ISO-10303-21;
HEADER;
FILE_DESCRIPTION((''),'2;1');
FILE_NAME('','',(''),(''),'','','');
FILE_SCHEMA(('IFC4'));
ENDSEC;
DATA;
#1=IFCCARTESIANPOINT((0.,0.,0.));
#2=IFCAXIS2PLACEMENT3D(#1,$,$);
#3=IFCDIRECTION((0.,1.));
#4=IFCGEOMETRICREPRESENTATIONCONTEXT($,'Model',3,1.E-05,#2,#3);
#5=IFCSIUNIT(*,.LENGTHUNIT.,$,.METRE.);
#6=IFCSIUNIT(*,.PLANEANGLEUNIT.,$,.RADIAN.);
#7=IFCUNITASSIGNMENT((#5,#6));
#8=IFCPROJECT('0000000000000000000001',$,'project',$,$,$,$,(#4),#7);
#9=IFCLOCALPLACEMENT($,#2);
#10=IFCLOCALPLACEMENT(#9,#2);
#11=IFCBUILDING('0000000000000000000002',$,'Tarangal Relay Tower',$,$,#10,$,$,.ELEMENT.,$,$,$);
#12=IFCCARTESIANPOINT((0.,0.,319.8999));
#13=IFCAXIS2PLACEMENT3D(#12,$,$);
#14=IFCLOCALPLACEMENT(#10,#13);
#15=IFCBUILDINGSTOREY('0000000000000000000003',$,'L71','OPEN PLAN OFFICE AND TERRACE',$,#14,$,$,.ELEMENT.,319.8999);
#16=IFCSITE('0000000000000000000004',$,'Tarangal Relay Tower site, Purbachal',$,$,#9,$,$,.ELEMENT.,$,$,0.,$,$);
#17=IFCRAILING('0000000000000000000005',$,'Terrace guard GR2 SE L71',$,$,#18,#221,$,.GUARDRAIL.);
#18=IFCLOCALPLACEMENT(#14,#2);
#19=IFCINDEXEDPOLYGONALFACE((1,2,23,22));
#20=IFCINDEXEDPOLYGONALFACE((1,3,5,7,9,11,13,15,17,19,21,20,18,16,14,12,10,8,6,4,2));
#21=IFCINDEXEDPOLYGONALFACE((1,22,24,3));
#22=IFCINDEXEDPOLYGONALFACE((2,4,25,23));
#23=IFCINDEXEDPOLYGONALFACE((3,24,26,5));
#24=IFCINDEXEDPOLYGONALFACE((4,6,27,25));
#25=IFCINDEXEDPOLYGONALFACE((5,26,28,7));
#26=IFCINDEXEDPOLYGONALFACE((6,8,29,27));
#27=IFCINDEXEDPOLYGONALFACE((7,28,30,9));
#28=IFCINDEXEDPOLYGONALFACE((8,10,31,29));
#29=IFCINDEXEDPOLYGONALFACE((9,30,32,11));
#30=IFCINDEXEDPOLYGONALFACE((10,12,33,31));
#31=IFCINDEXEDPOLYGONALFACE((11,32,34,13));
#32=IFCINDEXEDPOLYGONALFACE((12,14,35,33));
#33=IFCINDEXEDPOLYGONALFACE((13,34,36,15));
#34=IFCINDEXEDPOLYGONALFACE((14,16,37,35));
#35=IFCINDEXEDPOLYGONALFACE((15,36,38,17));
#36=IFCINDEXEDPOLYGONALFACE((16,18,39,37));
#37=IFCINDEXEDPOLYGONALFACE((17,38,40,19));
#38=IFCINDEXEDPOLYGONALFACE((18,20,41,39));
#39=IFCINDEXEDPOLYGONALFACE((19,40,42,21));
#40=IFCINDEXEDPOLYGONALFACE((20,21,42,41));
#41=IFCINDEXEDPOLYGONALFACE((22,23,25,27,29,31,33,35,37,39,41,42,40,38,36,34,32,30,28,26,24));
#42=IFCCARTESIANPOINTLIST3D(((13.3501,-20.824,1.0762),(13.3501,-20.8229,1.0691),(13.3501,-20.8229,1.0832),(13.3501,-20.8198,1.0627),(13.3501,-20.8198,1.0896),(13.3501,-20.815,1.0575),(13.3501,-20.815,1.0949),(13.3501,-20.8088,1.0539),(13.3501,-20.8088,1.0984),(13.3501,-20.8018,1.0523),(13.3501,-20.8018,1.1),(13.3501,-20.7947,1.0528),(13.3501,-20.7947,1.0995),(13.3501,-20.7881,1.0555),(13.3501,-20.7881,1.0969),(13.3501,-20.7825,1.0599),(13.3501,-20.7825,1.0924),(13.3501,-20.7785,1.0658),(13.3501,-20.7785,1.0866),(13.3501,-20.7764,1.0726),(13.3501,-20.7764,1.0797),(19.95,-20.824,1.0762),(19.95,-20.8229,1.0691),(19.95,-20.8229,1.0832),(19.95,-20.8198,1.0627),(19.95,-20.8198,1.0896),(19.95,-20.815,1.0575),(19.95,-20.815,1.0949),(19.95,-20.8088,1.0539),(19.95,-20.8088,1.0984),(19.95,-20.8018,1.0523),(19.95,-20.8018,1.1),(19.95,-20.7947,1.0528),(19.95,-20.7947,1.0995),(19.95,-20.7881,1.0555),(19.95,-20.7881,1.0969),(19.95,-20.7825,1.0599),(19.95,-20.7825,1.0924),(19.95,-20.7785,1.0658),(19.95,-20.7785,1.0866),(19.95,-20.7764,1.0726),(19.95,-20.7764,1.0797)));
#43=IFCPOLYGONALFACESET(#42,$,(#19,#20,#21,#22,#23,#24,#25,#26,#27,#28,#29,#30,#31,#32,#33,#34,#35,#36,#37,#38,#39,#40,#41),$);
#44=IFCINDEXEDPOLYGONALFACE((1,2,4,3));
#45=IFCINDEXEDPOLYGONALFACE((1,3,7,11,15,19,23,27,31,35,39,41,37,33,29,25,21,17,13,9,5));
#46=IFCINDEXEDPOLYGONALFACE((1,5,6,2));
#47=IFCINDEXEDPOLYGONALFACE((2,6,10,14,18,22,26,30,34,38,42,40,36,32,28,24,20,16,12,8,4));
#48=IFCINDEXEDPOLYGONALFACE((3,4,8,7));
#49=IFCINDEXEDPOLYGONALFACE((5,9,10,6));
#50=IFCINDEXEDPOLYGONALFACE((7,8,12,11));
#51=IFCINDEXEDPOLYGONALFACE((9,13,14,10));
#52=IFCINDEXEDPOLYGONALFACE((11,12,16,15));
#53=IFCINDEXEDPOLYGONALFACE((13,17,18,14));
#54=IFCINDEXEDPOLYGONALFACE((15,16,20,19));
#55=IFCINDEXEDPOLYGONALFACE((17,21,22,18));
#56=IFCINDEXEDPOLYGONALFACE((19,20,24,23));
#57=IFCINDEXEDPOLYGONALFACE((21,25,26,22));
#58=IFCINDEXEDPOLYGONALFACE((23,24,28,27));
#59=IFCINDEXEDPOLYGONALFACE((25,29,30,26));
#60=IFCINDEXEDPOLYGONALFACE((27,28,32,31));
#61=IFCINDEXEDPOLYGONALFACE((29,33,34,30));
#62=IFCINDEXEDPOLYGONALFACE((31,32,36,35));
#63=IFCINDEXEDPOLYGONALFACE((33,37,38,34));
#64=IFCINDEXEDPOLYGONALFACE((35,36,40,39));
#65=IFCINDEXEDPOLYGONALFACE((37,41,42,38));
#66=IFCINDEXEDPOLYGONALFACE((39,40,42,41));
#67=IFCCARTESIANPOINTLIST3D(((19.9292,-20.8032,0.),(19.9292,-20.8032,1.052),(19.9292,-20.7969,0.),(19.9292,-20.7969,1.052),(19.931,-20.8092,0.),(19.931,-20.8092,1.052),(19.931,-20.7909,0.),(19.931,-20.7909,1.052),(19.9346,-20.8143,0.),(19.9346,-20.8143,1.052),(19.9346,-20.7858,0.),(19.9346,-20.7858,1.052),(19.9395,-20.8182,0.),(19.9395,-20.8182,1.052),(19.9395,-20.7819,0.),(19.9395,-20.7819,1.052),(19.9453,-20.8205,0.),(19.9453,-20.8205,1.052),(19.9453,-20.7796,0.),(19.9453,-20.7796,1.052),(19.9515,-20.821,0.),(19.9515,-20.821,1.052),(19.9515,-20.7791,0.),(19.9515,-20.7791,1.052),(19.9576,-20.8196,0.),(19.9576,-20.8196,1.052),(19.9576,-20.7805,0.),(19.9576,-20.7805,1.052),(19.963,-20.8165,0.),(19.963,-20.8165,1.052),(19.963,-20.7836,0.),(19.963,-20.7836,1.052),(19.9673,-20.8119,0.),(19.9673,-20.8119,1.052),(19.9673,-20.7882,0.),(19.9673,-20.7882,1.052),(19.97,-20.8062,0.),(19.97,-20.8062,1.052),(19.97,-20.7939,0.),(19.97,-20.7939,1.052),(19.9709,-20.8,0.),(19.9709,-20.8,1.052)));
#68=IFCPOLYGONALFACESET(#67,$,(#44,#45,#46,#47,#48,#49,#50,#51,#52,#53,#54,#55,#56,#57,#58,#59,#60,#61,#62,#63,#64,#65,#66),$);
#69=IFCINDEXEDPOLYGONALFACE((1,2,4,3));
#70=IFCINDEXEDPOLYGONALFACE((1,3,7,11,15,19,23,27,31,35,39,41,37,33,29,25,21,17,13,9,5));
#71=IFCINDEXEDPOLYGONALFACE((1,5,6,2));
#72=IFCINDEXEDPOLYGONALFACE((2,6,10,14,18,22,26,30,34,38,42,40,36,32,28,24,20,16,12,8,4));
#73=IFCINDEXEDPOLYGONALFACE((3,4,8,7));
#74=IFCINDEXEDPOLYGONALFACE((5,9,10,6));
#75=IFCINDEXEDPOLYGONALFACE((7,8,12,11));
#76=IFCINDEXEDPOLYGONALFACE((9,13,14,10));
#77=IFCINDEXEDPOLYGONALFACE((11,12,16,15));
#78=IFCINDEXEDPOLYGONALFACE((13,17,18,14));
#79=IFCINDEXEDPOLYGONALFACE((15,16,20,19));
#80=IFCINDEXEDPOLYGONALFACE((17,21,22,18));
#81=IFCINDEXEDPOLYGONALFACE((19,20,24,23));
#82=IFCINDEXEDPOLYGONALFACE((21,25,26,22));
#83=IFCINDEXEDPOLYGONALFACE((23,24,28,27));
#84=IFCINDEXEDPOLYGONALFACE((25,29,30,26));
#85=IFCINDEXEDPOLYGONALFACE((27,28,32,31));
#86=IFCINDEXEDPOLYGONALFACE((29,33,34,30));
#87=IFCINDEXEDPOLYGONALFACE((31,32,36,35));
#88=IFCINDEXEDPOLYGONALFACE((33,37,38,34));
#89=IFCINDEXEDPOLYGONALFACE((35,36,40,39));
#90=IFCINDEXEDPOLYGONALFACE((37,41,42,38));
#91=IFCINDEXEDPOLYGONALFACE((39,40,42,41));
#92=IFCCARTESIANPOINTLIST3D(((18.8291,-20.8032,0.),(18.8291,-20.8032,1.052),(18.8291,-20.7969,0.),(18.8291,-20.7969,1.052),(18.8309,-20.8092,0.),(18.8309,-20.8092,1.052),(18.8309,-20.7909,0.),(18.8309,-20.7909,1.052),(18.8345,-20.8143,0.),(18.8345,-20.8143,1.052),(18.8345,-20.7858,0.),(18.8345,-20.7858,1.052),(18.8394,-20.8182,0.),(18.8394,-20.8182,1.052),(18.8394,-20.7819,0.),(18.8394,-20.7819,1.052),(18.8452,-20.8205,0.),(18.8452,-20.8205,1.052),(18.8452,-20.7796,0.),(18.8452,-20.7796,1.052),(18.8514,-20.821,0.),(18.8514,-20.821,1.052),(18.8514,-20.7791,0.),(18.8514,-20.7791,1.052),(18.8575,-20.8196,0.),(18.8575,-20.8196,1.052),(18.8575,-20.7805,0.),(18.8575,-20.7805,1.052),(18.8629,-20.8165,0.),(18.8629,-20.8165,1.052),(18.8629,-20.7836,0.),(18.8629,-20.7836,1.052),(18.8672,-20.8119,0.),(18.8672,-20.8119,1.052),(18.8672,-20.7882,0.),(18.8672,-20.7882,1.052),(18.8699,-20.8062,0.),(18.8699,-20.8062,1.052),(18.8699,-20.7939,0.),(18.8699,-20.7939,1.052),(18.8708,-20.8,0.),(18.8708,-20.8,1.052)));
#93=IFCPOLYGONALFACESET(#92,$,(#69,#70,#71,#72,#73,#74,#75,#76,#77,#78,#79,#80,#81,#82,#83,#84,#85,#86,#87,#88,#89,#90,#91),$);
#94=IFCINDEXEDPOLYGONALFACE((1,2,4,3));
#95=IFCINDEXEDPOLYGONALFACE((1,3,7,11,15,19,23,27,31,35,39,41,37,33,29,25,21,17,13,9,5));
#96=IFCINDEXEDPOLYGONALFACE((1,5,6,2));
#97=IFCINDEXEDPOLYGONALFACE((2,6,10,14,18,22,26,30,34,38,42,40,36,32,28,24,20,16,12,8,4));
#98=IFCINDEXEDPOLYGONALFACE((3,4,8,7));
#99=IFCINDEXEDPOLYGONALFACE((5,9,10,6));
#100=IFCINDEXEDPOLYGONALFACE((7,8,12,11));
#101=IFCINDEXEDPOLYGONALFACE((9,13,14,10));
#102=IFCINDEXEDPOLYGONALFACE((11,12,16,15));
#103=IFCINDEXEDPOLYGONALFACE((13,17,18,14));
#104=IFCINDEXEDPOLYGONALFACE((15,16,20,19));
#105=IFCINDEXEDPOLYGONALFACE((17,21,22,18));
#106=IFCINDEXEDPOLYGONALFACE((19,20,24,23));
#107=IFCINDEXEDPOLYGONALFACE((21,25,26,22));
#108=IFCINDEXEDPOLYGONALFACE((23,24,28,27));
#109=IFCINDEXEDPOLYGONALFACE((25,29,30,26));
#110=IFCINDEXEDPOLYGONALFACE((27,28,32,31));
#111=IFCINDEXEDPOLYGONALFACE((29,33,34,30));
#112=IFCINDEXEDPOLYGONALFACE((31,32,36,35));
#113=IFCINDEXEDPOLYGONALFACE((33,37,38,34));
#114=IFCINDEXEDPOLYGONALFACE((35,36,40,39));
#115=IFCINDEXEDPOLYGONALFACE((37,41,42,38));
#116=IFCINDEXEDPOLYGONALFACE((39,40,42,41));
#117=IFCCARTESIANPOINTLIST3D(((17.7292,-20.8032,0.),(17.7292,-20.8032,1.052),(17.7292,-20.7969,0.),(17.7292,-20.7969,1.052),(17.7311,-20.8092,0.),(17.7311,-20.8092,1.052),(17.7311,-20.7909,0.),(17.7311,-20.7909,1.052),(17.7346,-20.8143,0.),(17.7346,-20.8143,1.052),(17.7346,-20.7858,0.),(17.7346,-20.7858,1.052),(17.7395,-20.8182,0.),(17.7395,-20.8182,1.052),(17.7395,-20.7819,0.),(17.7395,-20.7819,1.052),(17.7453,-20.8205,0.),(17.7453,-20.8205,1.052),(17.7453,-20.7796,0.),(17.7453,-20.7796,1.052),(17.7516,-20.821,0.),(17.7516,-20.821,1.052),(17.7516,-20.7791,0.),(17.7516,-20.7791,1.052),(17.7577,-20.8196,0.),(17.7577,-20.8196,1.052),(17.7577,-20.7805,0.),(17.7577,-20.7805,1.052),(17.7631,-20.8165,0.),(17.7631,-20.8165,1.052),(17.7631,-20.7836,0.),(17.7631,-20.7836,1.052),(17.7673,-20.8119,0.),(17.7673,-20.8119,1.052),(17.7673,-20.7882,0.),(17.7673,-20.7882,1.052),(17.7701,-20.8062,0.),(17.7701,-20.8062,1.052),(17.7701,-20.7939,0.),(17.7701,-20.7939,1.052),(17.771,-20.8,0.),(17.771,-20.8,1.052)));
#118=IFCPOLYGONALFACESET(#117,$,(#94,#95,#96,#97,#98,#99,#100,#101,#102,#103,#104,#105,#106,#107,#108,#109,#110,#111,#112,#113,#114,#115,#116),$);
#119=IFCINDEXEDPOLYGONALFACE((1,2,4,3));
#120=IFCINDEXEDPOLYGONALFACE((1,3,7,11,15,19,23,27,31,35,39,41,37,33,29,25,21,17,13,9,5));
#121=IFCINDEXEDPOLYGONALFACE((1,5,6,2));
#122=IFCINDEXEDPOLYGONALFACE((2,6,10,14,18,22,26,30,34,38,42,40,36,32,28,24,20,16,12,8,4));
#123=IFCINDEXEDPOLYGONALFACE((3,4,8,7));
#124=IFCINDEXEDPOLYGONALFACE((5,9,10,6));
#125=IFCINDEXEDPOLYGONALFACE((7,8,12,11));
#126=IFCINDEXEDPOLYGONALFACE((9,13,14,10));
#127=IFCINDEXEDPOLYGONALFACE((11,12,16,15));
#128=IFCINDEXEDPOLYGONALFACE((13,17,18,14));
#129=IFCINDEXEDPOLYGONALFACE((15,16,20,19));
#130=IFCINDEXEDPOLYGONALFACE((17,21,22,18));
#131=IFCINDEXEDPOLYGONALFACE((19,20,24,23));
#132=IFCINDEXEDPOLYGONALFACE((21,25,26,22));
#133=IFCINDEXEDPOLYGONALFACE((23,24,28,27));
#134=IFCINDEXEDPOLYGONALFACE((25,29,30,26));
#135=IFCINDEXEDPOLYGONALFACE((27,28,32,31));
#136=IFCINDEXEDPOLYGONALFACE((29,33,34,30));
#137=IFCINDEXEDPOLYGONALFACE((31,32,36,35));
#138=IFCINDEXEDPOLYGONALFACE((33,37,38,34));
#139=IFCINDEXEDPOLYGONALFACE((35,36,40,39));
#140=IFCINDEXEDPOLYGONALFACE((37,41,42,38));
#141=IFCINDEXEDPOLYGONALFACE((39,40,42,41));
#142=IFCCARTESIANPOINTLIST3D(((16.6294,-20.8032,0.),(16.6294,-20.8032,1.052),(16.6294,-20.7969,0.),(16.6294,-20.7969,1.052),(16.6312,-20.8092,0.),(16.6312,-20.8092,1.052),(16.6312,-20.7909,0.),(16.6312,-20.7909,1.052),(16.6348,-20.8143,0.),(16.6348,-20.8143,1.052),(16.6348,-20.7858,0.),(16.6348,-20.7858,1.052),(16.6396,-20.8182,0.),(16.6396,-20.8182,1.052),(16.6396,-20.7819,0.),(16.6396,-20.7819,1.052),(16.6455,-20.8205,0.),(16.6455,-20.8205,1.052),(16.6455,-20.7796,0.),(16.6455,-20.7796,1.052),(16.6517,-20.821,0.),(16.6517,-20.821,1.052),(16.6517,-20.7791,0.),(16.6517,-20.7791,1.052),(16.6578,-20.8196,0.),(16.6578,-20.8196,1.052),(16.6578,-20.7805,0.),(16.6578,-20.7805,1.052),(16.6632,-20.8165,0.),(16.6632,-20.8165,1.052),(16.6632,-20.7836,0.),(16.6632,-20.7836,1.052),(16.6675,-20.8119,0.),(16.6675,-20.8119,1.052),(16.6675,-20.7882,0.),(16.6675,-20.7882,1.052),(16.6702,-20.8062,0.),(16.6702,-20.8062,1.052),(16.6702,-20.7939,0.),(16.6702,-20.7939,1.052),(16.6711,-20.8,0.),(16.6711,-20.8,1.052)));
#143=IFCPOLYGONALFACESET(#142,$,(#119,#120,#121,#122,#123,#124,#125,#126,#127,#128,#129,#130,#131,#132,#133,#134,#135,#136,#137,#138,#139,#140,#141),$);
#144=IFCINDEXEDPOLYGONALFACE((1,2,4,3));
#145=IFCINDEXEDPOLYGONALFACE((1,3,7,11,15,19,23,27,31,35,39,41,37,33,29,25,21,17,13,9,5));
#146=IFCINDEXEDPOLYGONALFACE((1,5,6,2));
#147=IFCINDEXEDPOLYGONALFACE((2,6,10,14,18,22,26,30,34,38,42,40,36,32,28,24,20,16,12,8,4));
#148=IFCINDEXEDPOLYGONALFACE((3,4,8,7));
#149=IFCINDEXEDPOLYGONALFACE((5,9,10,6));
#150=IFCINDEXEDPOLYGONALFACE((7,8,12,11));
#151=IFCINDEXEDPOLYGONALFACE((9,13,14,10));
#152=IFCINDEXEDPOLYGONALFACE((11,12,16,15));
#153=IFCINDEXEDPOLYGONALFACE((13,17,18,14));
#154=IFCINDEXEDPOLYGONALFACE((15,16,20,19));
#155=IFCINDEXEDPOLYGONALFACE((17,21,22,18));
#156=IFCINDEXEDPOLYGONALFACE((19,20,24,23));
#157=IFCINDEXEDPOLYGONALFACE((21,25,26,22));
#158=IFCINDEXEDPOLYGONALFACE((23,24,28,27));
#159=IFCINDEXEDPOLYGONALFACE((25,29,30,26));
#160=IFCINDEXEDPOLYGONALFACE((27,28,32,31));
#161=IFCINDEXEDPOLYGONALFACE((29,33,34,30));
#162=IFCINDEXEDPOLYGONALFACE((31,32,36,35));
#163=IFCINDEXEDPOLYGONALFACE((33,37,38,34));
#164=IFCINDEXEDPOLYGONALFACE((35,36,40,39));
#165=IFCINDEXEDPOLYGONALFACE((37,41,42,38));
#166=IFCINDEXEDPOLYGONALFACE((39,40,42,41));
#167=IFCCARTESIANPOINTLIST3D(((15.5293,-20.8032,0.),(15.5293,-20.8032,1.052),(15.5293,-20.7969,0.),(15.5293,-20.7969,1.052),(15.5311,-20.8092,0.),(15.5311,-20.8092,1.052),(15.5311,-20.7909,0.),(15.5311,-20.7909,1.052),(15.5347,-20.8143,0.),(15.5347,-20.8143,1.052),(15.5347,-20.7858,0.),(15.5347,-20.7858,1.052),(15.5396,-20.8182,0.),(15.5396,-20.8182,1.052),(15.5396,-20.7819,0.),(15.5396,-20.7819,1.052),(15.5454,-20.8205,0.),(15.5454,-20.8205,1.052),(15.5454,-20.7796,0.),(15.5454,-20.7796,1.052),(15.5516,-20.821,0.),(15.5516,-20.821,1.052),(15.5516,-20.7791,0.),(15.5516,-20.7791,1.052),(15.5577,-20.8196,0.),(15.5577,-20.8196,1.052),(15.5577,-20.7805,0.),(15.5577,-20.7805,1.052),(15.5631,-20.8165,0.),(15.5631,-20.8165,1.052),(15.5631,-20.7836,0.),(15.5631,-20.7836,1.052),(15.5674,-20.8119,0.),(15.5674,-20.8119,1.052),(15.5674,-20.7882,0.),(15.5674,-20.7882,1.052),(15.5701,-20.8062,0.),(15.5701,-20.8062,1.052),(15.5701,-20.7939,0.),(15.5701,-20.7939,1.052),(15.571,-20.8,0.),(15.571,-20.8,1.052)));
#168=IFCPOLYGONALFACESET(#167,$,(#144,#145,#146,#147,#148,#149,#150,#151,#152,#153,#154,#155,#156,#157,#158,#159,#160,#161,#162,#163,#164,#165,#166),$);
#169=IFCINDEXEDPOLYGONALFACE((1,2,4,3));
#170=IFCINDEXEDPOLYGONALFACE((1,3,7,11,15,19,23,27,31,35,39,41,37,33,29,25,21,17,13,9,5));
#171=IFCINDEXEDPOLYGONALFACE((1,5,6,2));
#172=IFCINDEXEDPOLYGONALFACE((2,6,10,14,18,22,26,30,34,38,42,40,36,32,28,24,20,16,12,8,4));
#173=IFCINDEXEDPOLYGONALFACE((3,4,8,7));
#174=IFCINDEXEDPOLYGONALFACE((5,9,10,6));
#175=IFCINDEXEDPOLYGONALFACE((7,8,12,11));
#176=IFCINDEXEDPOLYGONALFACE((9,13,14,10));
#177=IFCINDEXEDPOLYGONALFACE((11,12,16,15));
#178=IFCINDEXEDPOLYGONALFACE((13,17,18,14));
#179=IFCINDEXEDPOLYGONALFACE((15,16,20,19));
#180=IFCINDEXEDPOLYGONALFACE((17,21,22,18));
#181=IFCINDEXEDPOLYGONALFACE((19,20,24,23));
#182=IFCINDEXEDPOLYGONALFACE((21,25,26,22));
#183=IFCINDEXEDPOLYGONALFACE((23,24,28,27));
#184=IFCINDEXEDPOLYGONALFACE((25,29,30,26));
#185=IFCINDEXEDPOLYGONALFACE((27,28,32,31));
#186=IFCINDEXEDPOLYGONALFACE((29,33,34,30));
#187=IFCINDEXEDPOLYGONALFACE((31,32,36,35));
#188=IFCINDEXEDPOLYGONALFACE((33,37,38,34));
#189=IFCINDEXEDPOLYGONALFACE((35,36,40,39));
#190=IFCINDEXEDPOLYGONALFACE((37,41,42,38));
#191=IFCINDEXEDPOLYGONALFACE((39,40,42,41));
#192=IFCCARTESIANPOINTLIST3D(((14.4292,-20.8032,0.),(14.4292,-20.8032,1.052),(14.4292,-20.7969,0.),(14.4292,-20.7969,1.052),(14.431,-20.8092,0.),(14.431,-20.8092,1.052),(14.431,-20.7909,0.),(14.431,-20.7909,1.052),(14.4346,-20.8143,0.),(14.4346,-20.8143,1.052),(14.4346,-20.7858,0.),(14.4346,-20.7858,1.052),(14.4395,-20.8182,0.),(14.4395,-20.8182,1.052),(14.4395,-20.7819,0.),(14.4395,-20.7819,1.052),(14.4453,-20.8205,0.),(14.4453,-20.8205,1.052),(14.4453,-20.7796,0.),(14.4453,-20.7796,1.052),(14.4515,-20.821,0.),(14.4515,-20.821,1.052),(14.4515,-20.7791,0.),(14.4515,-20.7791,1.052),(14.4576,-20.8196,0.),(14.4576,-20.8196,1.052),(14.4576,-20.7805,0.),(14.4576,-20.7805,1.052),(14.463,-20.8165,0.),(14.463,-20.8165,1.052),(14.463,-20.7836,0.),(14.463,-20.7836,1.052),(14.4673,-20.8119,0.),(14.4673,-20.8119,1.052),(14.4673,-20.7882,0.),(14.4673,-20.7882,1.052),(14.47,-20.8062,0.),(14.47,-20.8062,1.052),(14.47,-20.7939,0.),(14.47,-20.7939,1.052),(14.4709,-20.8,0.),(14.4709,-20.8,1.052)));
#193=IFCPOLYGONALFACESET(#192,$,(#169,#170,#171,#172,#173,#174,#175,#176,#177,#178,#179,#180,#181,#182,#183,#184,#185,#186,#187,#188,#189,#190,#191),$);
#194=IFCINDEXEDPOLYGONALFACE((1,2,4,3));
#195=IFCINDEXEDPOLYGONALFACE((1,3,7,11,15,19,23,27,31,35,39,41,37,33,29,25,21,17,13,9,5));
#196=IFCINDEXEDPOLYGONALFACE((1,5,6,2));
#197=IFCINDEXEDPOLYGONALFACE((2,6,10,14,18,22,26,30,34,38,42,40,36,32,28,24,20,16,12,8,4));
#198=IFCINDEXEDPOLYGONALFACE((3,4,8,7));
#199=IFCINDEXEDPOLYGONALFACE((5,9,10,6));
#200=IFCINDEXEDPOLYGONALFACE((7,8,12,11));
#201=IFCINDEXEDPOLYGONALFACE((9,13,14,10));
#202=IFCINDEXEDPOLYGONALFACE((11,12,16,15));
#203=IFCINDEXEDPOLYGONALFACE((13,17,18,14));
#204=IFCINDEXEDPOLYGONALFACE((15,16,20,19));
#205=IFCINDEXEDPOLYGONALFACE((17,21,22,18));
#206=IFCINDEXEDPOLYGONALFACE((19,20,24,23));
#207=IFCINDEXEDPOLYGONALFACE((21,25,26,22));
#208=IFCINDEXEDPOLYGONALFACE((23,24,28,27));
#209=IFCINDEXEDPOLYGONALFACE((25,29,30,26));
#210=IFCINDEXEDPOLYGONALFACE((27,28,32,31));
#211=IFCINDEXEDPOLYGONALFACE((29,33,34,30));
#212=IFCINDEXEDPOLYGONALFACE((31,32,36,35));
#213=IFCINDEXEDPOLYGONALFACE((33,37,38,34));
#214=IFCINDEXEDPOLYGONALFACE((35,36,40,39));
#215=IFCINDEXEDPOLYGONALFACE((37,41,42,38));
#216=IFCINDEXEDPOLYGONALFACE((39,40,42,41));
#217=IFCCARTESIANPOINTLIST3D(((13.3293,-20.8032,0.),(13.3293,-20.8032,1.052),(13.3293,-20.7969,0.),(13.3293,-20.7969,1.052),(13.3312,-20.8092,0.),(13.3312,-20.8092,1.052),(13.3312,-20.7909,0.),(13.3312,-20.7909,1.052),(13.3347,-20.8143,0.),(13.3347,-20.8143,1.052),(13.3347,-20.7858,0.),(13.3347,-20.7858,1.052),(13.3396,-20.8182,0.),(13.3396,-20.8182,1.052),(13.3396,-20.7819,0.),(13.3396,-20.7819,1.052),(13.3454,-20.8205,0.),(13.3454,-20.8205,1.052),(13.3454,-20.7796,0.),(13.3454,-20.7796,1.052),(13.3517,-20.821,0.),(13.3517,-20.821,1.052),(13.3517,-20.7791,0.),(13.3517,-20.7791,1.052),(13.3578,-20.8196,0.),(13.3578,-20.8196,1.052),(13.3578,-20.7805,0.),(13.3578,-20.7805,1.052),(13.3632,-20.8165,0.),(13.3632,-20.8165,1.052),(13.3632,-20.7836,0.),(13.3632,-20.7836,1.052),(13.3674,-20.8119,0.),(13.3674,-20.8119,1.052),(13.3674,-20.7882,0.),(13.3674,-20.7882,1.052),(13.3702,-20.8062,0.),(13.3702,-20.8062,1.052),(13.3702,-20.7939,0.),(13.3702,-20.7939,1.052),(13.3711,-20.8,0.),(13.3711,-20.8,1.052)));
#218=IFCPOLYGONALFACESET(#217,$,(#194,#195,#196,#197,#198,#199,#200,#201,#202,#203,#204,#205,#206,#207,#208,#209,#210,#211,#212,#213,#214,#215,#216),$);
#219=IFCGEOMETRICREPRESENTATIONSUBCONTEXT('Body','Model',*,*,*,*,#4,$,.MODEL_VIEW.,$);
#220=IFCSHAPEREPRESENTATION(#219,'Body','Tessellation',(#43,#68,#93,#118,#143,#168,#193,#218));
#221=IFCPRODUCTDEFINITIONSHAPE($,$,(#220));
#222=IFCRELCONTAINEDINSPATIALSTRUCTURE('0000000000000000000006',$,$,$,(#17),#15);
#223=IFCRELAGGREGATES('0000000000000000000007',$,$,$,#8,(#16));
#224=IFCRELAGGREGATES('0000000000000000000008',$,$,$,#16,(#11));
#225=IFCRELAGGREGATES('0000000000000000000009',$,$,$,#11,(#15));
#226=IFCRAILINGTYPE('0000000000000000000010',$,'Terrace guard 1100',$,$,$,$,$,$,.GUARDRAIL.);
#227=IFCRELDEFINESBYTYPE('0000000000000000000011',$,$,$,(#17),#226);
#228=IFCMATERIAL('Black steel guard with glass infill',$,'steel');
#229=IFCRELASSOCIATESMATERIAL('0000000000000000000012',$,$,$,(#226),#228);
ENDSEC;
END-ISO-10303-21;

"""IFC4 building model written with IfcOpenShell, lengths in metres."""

from ifc_helpers import new_model, si_unit, direction, frame, origin, origin_2d, place, context, subcontext, project, spatial, circle, extrude, material, type_object, element, save


model = new_model("IFC4")

# Units and contexts
model_context = context("Model", 3, precision=1e-05, world=origin(), true_north=direction((0.0, 1.0)))
body_context = subcontext(model_context, "Body", "Model", "MODEL_VIEW")
ifc_project = project(units=[si_unit("LENGTHUNIT", "METRE"), si_unit("PLANEANGLEUNIT", "RADIAN")], contexts=[model_context])

# Site, building, storey
site_placement = place(None, origin())
site = spatial("IfcSite", under=ifc_project, at=site_placement, Name="Tarangal Relay Tower site, Purbachal", CompositionType="ELEMENT", RefElevation=0.0)
building_placement = place(site_placement, origin())
building = spatial("IfcBuilding", under=site, at=building_placement, Name="Tarangal Relay Tower", CompositionType="ELEMENT")
storey_placement = place(building_placement, frame((0.0, 0.0, 319.8999)))
storey = spatial("IfcBuildingStorey", under=building, at=storey_placement, Name="L71", Description="OPEN PLAN OFFICE AND TERRACE", CompositionType="ELEMENT", Elevation=319.8999)

# Railing
ifc_material_1 = material(Name="Black steel guard with glass infill", Category="steel")
railing_type = type_object("IfcRailingType", Name="Terrace guard 1100", PredefinedType="GUARDRAIL", material=ifc_material_1)
railing_1_placement = place(storey_placement, frame((19.95, -20.8, 0.0)))
element("IfcRailing", 1, at=railing_1_placement, inside=storey, type_object=railing_type, Name="Terrace guard GR2 SE L71", PredefinedType="GUARDRAIL", context=body_context, shape_type="SweptSolid", body=[
    extrude(circle(Radius=0.0239, at=origin_2d()), frame((0.0, 0.0, 1.0762), z_axis=(-1.0, 0.0, 0.0), x_axis=(0.0, -1.0, 0.0)), (0.0, 0.0, 1.0), 6.5999),
    extrude(circle(Radius=0.021, at=origin_2d()), origin(), (0.0, 0.0, 1.0), 1.052),
    extrude(circle(Radius=0.021, at=origin_2d()), frame((-1.1001, 0.0, 0.0)), (0.0, 0.0, 1.0), 1.052),
    extrude(circle(Radius=0.021, at=origin_2d()), frame((-2.2, 0.0, 0.0)), (0.0, 0.0, 1.0), 1.052),
    extrude(circle(Radius=0.021, at=origin_2d()), frame((-3.2998, 0.0, 0.0)), (0.0, 0.0, 1.0), 1.052),
    extrude(circle(Radius=0.021, at=origin_2d()), frame((-4.3999, 0.0, 0.0)), (0.0, 0.0, 1.0), 1.052),
    extrude(circle(Radius=0.021, at=origin_2d()), frame((-5.5, 0.0, 0.0)), (0.0, 0.0, 1.0), 1.052),
    extrude(circle(Radius=0.021, at=origin_2d()), frame((-6.5999, 0.0, 0.0)), (0.0, 0.0, 1.0), 1.052),
])

save(model, "model.ifc")
